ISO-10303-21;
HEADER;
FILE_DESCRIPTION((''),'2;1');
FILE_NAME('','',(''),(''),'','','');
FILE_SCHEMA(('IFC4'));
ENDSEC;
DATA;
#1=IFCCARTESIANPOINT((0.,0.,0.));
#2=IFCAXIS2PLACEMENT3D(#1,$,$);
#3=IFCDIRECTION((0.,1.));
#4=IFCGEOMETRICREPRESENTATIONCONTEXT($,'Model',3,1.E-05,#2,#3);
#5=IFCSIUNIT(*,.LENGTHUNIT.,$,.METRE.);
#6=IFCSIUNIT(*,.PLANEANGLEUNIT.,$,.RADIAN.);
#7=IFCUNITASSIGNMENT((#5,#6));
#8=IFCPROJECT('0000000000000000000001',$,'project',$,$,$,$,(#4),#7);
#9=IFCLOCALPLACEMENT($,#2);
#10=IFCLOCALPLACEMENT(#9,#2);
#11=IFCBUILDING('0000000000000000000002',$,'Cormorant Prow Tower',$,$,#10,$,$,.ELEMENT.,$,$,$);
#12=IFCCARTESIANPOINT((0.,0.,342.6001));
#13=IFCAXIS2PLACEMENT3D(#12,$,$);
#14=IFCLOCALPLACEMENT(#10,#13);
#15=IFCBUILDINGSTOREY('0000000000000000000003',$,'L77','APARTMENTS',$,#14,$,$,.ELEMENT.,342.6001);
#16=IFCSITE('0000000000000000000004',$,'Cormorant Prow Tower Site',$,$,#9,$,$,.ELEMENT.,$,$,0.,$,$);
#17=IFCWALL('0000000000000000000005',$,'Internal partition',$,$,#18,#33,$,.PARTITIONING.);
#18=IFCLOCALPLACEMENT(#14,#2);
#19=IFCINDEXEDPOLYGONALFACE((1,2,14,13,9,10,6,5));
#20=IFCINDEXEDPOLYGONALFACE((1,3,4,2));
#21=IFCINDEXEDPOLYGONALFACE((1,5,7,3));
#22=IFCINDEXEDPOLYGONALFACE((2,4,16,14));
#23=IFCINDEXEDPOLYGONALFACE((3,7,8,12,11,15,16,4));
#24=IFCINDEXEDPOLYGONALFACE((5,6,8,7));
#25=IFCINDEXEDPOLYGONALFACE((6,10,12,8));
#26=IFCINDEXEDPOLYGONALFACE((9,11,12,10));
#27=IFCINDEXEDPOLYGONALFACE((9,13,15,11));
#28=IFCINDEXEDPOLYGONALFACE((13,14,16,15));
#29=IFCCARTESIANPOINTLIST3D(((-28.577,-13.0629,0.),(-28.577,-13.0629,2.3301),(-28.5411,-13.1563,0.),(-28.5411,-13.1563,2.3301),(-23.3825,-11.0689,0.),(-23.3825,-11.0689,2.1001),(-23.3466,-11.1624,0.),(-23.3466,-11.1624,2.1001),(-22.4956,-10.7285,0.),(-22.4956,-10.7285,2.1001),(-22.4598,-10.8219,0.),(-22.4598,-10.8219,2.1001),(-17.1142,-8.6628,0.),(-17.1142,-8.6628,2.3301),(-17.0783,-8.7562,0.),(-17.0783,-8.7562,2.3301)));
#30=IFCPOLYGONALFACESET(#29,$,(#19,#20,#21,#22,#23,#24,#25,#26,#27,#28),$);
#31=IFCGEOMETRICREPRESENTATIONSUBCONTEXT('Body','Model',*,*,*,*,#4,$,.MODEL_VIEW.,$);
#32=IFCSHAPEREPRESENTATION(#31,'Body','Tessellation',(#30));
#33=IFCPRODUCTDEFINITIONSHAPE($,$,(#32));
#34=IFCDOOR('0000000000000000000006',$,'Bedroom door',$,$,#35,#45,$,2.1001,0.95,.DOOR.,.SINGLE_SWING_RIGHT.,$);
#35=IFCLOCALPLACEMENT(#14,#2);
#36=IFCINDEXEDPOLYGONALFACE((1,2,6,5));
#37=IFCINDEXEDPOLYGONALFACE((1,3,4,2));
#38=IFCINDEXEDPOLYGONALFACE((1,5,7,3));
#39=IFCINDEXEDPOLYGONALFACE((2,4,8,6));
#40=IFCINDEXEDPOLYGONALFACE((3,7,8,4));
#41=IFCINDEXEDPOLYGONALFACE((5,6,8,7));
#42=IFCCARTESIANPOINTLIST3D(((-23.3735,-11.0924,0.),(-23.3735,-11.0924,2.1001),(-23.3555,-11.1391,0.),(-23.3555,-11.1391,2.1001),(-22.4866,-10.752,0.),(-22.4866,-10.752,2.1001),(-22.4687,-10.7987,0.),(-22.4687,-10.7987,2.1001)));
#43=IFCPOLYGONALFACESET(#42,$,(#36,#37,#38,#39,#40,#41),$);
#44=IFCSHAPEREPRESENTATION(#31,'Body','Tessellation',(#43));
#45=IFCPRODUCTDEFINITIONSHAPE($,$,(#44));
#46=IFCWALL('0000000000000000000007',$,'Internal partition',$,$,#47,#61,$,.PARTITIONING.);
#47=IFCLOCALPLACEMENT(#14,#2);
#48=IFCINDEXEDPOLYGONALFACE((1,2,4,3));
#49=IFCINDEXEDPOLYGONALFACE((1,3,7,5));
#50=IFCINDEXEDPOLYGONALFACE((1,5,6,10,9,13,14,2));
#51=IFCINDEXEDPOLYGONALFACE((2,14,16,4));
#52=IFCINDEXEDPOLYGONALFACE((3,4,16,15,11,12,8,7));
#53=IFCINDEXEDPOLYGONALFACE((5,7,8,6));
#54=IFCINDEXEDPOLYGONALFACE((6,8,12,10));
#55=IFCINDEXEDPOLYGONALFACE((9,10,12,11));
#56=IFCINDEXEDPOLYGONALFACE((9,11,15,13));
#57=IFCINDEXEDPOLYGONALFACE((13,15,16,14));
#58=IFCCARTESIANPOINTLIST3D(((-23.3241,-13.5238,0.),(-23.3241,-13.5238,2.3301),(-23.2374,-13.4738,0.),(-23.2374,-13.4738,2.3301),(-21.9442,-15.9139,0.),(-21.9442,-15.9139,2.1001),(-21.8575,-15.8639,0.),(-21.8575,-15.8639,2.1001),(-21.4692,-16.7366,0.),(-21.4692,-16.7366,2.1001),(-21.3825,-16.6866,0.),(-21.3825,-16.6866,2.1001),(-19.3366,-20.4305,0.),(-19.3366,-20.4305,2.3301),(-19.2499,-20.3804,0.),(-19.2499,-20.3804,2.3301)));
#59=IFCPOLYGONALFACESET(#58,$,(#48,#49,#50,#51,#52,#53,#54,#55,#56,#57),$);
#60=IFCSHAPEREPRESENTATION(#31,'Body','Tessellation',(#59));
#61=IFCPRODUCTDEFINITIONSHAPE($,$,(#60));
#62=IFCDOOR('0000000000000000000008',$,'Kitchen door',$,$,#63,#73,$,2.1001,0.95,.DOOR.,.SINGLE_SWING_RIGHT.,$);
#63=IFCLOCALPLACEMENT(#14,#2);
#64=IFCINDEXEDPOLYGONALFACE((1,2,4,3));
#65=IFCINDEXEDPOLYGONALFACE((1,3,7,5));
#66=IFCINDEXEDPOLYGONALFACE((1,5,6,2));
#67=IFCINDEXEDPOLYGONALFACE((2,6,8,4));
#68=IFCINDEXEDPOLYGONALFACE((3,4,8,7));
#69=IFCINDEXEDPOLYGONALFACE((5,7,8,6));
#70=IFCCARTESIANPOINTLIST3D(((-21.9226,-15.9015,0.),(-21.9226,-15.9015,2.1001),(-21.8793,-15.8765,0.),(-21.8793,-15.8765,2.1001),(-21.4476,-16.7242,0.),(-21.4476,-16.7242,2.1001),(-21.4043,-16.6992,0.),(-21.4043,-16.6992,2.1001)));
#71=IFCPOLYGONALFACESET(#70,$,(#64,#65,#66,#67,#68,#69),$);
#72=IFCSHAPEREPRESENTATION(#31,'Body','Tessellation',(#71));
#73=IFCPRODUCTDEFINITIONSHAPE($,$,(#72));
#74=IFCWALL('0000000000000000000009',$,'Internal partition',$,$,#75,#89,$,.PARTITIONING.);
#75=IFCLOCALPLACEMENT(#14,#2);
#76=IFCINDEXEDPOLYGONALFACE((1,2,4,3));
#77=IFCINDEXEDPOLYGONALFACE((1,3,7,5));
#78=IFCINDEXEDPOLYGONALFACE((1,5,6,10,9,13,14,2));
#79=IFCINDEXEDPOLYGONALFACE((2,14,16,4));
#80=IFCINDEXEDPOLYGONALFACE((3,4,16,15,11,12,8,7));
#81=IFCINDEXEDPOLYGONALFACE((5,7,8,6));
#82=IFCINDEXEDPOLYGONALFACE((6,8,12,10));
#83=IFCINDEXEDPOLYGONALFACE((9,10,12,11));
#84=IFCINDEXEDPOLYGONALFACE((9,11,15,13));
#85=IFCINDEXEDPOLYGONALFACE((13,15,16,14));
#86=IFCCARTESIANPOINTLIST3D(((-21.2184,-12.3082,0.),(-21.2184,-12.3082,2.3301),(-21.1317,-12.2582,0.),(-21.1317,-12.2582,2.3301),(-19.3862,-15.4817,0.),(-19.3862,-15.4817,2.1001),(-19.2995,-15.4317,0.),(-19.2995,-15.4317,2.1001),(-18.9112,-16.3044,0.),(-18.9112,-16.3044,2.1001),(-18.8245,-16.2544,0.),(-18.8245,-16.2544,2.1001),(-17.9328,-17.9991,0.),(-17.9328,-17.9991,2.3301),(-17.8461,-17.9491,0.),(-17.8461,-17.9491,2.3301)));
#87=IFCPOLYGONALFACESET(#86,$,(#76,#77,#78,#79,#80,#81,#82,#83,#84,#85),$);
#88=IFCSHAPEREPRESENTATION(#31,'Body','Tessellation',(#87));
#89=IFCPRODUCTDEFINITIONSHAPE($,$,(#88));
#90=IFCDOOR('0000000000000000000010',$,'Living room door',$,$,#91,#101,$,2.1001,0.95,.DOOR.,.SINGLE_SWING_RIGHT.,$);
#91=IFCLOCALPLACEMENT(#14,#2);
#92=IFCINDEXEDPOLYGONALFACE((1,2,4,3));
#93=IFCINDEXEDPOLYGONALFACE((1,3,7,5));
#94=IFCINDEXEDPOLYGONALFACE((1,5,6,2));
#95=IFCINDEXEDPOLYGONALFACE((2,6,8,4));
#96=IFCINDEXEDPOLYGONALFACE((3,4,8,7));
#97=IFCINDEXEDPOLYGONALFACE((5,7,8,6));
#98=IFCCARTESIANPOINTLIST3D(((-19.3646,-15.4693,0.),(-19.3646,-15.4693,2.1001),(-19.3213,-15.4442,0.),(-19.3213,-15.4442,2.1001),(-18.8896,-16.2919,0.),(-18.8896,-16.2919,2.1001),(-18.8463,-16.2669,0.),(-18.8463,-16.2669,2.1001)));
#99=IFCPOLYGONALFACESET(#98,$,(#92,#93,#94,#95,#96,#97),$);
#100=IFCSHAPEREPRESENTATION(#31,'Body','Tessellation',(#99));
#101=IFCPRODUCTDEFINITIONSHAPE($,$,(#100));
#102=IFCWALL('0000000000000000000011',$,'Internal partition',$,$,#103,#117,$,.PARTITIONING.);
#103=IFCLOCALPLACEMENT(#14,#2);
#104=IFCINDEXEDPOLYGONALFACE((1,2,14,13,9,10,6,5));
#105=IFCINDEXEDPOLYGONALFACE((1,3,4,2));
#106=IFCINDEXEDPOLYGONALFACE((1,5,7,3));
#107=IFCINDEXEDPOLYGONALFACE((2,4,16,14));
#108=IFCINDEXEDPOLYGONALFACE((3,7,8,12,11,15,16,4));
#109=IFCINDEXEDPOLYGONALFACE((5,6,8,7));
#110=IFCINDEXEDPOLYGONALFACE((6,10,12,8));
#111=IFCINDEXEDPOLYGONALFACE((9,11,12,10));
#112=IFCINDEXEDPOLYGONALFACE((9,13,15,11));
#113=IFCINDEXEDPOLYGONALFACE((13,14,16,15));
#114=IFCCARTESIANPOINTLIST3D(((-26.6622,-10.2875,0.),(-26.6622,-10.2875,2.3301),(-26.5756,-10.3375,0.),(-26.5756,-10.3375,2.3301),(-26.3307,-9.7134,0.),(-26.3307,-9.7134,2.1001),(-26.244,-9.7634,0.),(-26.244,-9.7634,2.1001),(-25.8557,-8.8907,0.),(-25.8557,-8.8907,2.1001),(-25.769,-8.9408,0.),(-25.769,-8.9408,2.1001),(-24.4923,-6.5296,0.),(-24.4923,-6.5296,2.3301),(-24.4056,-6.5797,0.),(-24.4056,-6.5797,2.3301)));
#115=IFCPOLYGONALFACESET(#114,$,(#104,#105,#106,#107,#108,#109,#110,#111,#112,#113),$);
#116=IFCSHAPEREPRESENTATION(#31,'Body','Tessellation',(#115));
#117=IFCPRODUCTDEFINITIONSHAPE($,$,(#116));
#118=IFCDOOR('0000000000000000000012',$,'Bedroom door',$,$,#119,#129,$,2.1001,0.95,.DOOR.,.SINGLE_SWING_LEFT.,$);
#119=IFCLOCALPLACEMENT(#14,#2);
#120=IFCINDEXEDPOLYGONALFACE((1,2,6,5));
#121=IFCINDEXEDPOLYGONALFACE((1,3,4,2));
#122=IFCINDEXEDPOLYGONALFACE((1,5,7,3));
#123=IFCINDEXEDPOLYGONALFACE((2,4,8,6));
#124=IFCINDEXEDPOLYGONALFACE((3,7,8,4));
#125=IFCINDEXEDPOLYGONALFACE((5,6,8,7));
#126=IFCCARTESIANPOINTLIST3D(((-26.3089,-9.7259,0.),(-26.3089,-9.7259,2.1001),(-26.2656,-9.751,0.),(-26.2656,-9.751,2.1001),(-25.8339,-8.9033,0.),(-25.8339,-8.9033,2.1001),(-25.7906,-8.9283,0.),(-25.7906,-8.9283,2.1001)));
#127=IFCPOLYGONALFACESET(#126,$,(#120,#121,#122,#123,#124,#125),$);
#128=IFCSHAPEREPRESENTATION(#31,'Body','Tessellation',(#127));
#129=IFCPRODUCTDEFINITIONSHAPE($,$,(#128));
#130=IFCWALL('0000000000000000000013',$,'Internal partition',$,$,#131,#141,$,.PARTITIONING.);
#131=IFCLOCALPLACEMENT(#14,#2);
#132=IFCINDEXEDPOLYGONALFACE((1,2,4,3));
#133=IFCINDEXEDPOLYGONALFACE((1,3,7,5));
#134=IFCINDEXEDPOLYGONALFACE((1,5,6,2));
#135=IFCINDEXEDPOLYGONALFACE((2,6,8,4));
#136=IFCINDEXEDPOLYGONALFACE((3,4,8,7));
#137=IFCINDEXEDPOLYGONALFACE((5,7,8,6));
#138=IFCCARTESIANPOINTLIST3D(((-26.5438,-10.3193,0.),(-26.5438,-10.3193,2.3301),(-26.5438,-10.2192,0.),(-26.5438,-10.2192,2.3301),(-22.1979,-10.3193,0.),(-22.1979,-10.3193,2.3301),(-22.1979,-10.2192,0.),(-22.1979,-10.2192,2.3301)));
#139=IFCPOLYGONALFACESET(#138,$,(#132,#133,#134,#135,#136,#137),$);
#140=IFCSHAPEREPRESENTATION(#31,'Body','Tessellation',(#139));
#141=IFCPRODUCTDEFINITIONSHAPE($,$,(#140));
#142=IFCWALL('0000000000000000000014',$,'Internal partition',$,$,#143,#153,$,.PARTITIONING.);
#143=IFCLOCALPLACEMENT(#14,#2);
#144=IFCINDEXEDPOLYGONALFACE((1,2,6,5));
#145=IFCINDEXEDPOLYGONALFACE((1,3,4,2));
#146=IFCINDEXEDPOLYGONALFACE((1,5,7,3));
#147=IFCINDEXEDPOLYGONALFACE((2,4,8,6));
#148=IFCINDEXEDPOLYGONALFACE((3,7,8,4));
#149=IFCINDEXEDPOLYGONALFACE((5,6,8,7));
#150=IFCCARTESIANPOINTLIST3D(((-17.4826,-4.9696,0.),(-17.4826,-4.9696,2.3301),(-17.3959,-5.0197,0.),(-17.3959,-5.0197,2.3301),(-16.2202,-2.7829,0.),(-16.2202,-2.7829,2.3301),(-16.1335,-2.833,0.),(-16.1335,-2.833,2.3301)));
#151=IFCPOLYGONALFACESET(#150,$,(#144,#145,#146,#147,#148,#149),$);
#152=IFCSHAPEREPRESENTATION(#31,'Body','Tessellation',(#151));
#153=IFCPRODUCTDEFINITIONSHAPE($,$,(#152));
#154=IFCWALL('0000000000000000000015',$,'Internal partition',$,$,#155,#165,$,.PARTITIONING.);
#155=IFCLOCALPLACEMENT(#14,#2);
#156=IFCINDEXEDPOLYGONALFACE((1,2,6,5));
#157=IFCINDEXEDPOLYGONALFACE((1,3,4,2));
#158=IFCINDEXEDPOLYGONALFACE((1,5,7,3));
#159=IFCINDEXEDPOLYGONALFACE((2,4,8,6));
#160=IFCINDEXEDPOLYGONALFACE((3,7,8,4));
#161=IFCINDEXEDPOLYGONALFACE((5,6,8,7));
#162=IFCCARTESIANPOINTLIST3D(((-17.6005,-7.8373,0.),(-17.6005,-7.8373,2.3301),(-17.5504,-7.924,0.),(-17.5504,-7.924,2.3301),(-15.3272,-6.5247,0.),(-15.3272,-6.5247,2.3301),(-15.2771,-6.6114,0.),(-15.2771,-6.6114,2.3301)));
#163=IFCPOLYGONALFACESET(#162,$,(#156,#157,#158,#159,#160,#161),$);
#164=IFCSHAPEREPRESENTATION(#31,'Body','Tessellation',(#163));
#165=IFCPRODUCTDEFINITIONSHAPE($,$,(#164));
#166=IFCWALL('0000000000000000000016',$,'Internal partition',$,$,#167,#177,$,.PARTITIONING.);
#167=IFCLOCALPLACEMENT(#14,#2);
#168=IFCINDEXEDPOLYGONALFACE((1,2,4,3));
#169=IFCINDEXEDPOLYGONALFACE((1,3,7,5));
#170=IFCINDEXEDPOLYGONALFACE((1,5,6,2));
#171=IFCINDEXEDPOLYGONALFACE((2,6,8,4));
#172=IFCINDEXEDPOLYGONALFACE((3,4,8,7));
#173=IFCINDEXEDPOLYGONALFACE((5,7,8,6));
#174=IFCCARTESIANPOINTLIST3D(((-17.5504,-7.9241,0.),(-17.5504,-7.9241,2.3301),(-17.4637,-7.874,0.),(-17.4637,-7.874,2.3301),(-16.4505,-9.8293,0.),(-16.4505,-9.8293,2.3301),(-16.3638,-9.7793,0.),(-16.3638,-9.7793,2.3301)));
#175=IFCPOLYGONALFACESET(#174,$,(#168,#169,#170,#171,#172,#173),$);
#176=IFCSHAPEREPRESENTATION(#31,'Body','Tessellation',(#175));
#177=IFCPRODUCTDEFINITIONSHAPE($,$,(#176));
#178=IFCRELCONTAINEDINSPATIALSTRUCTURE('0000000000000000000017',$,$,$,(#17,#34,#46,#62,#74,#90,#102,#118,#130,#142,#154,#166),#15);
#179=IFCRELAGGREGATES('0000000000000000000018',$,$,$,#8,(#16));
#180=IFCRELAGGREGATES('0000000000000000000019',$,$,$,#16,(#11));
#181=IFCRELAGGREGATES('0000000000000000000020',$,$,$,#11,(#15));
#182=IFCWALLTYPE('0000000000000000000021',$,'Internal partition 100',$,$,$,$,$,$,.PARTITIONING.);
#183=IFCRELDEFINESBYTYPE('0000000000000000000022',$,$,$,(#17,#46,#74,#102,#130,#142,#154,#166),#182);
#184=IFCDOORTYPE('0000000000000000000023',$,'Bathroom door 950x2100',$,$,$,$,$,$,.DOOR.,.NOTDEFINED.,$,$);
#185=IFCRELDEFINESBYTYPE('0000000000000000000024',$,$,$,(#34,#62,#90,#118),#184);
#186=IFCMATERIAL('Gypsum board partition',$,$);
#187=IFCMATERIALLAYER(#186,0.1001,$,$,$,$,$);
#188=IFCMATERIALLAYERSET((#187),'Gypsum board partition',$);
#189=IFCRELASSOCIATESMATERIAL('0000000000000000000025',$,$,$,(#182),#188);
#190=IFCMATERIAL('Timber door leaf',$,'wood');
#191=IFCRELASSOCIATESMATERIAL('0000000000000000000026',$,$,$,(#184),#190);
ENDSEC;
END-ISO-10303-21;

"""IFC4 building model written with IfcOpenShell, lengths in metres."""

from ifc_helpers import new_model, si_unit, direction, frame, frame_2d, origin, place, context, subcontext, project, spatial, rectangle, extrude, material, layer, layer_set, type_object, element, fill, save


model = new_model("IFC4")

# Units and contexts
model_context = context("Model", 3, precision=1e-05, world=origin(), true_north=direction((0.0, 1.0)))
body_context = subcontext(model_context, "Body", "Model", "MODEL_VIEW")
ifc_project = project(units=[si_unit("LENGTHUNIT", "METRE"), si_unit("PLANEANGLEUNIT", "RADIAN")], contexts=[model_context])

# Site, building, storey
site_placement = place(None, origin())
site = spatial("IfcSite", under=ifc_project, at=site_placement, Name="Cormorant Prow Tower Site", CompositionType="ELEMENT", RefElevation=0.0)
building_placement = place(site_placement, origin())
building = spatial("IfcBuilding", under=site, at=building_placement, Name="Cormorant Prow Tower", CompositionType="ELEMENT")
storey_placement = place(building_placement, frame((0.0, 0.0, 342.6001)))
storey = spatial("IfcBuildingStorey", under=building, at=storey_placement, Name="L77", Description="APARTMENTS", CompositionType="ELEMENT", Elevation=342.6001)

# Walls, openings, doors
ifc_material_1 = material(Name="Gypsum board partition")
ifc_layer_1 = layer(ifc_material_1, 0.1001)
ifc_layer_set_1 = layer_set([ifc_layer_1], Name="Gypsum board partition")
wall_type_1 = type_object("IfcWallType", Name="Internal partition 100", PredefinedType="PARTITIONING", material=ifc_layer_set_1)
wall_1_placement = place(storey_placement, frame((-28.5591, -13.1096, 0.0), z_axis=(0.0, 0.0, 1.0), x_axis=(0.933582, 0.358365, 0.0)))
wall_1 = element("IfcWall", 1, at=wall_1_placement, inside=storey, type_object=wall_type_1, Name="Internal partition", PredefinedType="PARTITIONING", context=body_context, shape_type="SweptSolid", body=[
    extrude(rectangle(XDim=12.2783, YDim=0.1001, at=frame_2d((6.1392, 0.0))), origin(), (0.0, 0.0, 1.0), 2.3301),
])
opening_1_placement = place(wall_1_placement, frame((5.564, 0.0, 0.0)))
opening_1 = element("IfcOpeningElement", 2, at=opening_1_placement, cuts=wall_1, PredefinedType="OPENING", context=body_context, shape_type="SweptSolid", body=[
    extrude(rectangle(XDim=0.95, YDim=2.1001, at=frame_2d((0.4751, 1.05))), frame((0.0, 0.0601, 0.0), z_axis=(0.0, -1.0, 0.0), x_axis=(1.0, 0.0, 0.0)), (0.0, 0.0, 1.0), 0.1201),
])
ifc_material_2 = material(Name="Timber door leaf", Category="wood")
door_type_1 = type_object("IfcDoorType", Name="Bathroom door 950x2100", OperationType="NOTDEFINED", PredefinedType="DOOR", material=ifc_material_2)
door_1_placement = place(opening_1_placement, origin())
door_1 = element("IfcDoor", 3, at=door_1_placement, inside=storey, type_object=door_type_1, Name="Bedroom door", OperationType="SINGLE_SWING_RIGHT", OverallHeight=2.1001, OverallWidth=0.95, PredefinedType="DOOR", context=body_context, shape_type="SweptSolid", body=[
    extrude(rectangle(XDim=0.95, YDim=2.1001, at=frame_2d((0.4751, 1.05))), frame((0.0, 0.0249, 0.0), z_axis=(0.0, -1.0, 0.0), x_axis=(1.0, 0.0, 0.0)), (0.0, 0.0, 1.0), 0.05),
])
fill(opening_1, door_1)
wall_2_placement = place(storey_placement, frame((-23.2808, -13.4988, 0.0), z_axis=(0.0, 0.0, 1.0), x_axis=(0.499995, -0.866029, 0.0)))
wall_2 = element("IfcWall", 4, at=wall_2_placement, inside=storey, type_object=wall_type_1, Name="Internal partition", PredefinedType="PARTITIONING", context=body_context, shape_type="SweptSolid", body=[
    extrude(rectangle(XDim=7.9751, YDim=0.1001, at=frame_2d((3.9875, 0.0))), origin(), (0.0, 0.0, 1.0), 2.3301),
])
opening_2_placement = place(wall_2_placement, frame((2.7598, 0.0, 0.0)))
opening_2 = element("IfcOpeningElement", 5, at=opening_2_placement, cuts=wall_2, PredefinedType="OPENING", context=body_context, shape_type="SweptSolid", body=[
    extrude(rectangle(XDim=0.95, YDim=2.1001, at=frame_2d((0.4751, 1.05))), frame((0.0, 0.0601, 0.0), z_axis=(0.0, -1.0, 0.0), x_axis=(1.0, 0.0, 0.0)), (0.0, 0.0, 1.0), 0.1201),
])
door_2_placement = place(opening_2_placement, origin())
door_2 = element("IfcDoor", 6, at=door_2_placement, inside=storey, type_object=door_type_1, Name="Kitchen door", OperationType="SINGLE_SWING_RIGHT", OverallHeight=2.1001, OverallWidth=0.95, PredefinedType="DOOR", context=body_context, shape_type="SweptSolid", body=[
    extrude(rectangle(XDim=0.95, YDim=2.1001, at=frame_2d((0.4751, 1.05))), frame((0.0, 0.0249, 0.0), z_axis=(0.0, -1.0, 0.0), x_axis=(1.0, 0.0, 0.0)), (0.0, 0.0, 1.0), 0.05),
])
fill(opening_2, door_2)
wall_3_placement = place(storey_placement, frame((-21.175, -12.2832, 0.0), z_axis=(0.0, 0.0, 1.0), x_axis=(0.499999, -0.866026, 0.0)))
wall_3 = element("IfcWall", 7, at=wall_3_placement, inside=storey, type_object=wall_type_1, Name="Internal partition", PredefinedType="PARTITIONING", context=body_context, shape_type="SweptSolid", body=[
    extrude(rectangle(XDim=6.5713, YDim=0.1001, at=frame_2d((3.2856, 0.0))), origin(), (0.0, 0.0, 1.0), 2.3301),
])
opening_3_placement = place(wall_3_placement, frame((3.6643, 0.0, 0.0)))
opening_3 = element("IfcOpeningElement", 8, at=opening_3_placement, cuts=wall_3, PredefinedType="OPENING", context=body_context, shape_type="SweptSolid", body=[
    extrude(rectangle(XDim=0.95, YDim=2.1001, at=frame_2d((0.4751, 1.05))), frame((0.0, 0.0601, 0.0), z_axis=(0.0, -1.0, 0.0), x_axis=(1.0, 0.0, 0.0)), (0.0, 0.0, 1.0), 0.1201),
])
door_3_placement = place(opening_3_placement, origin())
door_3 = element("IfcDoor", 9, at=door_3_placement, inside=storey, type_object=door_type_1, Name="Living room door", OperationType="SINGLE_SWING_RIGHT", OverallHeight=2.1001, OverallWidth=0.95, PredefinedType="DOOR", context=body_context, shape_type="SweptSolid", body=[
    extrude(rectangle(XDim=0.95, YDim=2.1001, at=frame_2d((0.4751, 1.05))), frame((0.0, 0.0249, 0.0), z_axis=(0.0, -1.0, 0.0), x_axis=(1.0, 0.0, 0.0)), (0.0, 0.0, 1.0), 0.05),
])
fill(opening_3, door_3)
wall_4_placement = place(storey_placement, frame((-26.6189, -10.3125, 0.0), z_axis=(0.0, 0.0, 1.0), x_axis=(0.50006, 0.865991, 0.0)))
wall_4 = element("IfcWall", 10, at=wall_4_placement, inside=storey, type_object=wall_type_1, Name="Internal partition", PredefinedType="PARTITIONING", context=body_context, shape_type="SweptSolid", body=[
    extrude(rectangle(XDim=4.3394, YDim=0.1001, at=frame_2d((2.1697, 0.0))), origin(), (0.0, 0.0, 1.0), 2.3301),
])
opening_4_placement = place(wall_4_placement, frame((0.6628, 0.0, 0.0)))
opening_4 = element("IfcOpeningElement", 11, at=opening_4_placement, cuts=wall_4, PredefinedType="OPENING", context=body_context, shape_type="SweptSolid", body=[
    extrude(rectangle(XDim=0.95, YDim=2.1001, at=frame_2d((0.4751, 1.05))), frame((0.0, 0.0601, 0.0), z_axis=(0.0, -1.0, 0.0), x_axis=(1.0, 0.0, 0.0)), (0.0, 0.0, 1.0), 0.1201),
])
door_4_placement = place(opening_4_placement, origin())
door_4 = element("IfcDoor", 12, at=door_4_placement, inside=storey, type_object=door_type_1, Name="Bedroom door", OperationType="SINGLE_SWING_LEFT", OverallHeight=2.1001, OverallWidth=0.95, PredefinedType="DOOR", context=body_context, shape_type="SweptSolid", body=[
    extrude(rectangle(XDim=0.95, YDim=2.1001, at=frame_2d((0.4751, 1.05))), frame((0.0, 0.0249, 0.0), z_axis=(0.0, -1.0, 0.0), x_axis=(1.0, 0.0, 0.0)), (0.0, 0.0, 1.0), 0.05),
])
fill(opening_4, door_4)

# Walls
wall_5_placement = place(storey_placement, frame((-26.5437, -10.2693, 0.0), z_axis=(0.0, 0.0, 1.0), x_axis=(1.0, 0.0, 0.0)))
element("IfcWall", 13, at=wall_5_placement, inside=storey, type_object=wall_type_1, Name="Internal partition", PredefinedType="PARTITIONING", context=body_context, shape_type="SweptSolid", body=[
    extrude(rectangle(XDim=4.3459, YDim=0.1001, at=frame_2d((2.1729, 0.0))), origin(), (0.0, 0.0, 1.0), 2.3301),
])
wall_6_placement = place(storey_placement, frame((-17.4392, -4.9946, 0.0), z_axis=(0.0, 0.0, 1.0), x_axis=(0.499976, 0.866039, 0.0)))
element("IfcWall", 14, at=wall_6_placement, inside=storey, type_object=wall_type_1, Name="Internal partition", PredefinedType="PARTITIONING", context=body_context, shape_type="SweptSolid", body=[
    extrude(rectangle(XDim=2.5249, YDim=0.1001, at=frame_2d((1.2625, 0.0))), origin(), (0.0, 0.0, 1.0), 2.3301),
])
wall_7_placement = place(storey_placement, frame((-17.5754, -7.8806, 0.0), z_axis=(0.0, 0.0, 1.0), x_axis=(0.866014, 0.50002, 0.0)))
element("IfcWall", 15, at=wall_7_placement, inside=storey, type_object=wall_type_1, Name="Internal partition", PredefinedType="PARTITIONING", context=body_context, shape_type="SweptSolid", body=[
    extrude(rectangle(XDim=2.625, YDim=0.1001, at=frame_2d((1.3125, 0.0))), origin(), (0.0, 0.0, 1.0), 2.3301),
])
wall_8_placement = place(storey_placement, frame((-17.5071, -7.8989, 0.0), z_axis=(0.0, 0.0, 1.0), x_axis=(0.499947, -0.866056, 0.0)))
element("IfcWall", 16, at=wall_8_placement, inside=storey, type_object=wall_type_1, Name="Internal partition", PredefinedType="PARTITIONING", context=body_context, shape_type="SweptSolid", body=[
    extrude(rectangle(XDim=2.2, YDim=0.1001, at=frame_2d((1.1001, 0.0))), origin(), (0.0, 0.0, 1.0), 2.3301),
])

save(model, "model.ifc")
